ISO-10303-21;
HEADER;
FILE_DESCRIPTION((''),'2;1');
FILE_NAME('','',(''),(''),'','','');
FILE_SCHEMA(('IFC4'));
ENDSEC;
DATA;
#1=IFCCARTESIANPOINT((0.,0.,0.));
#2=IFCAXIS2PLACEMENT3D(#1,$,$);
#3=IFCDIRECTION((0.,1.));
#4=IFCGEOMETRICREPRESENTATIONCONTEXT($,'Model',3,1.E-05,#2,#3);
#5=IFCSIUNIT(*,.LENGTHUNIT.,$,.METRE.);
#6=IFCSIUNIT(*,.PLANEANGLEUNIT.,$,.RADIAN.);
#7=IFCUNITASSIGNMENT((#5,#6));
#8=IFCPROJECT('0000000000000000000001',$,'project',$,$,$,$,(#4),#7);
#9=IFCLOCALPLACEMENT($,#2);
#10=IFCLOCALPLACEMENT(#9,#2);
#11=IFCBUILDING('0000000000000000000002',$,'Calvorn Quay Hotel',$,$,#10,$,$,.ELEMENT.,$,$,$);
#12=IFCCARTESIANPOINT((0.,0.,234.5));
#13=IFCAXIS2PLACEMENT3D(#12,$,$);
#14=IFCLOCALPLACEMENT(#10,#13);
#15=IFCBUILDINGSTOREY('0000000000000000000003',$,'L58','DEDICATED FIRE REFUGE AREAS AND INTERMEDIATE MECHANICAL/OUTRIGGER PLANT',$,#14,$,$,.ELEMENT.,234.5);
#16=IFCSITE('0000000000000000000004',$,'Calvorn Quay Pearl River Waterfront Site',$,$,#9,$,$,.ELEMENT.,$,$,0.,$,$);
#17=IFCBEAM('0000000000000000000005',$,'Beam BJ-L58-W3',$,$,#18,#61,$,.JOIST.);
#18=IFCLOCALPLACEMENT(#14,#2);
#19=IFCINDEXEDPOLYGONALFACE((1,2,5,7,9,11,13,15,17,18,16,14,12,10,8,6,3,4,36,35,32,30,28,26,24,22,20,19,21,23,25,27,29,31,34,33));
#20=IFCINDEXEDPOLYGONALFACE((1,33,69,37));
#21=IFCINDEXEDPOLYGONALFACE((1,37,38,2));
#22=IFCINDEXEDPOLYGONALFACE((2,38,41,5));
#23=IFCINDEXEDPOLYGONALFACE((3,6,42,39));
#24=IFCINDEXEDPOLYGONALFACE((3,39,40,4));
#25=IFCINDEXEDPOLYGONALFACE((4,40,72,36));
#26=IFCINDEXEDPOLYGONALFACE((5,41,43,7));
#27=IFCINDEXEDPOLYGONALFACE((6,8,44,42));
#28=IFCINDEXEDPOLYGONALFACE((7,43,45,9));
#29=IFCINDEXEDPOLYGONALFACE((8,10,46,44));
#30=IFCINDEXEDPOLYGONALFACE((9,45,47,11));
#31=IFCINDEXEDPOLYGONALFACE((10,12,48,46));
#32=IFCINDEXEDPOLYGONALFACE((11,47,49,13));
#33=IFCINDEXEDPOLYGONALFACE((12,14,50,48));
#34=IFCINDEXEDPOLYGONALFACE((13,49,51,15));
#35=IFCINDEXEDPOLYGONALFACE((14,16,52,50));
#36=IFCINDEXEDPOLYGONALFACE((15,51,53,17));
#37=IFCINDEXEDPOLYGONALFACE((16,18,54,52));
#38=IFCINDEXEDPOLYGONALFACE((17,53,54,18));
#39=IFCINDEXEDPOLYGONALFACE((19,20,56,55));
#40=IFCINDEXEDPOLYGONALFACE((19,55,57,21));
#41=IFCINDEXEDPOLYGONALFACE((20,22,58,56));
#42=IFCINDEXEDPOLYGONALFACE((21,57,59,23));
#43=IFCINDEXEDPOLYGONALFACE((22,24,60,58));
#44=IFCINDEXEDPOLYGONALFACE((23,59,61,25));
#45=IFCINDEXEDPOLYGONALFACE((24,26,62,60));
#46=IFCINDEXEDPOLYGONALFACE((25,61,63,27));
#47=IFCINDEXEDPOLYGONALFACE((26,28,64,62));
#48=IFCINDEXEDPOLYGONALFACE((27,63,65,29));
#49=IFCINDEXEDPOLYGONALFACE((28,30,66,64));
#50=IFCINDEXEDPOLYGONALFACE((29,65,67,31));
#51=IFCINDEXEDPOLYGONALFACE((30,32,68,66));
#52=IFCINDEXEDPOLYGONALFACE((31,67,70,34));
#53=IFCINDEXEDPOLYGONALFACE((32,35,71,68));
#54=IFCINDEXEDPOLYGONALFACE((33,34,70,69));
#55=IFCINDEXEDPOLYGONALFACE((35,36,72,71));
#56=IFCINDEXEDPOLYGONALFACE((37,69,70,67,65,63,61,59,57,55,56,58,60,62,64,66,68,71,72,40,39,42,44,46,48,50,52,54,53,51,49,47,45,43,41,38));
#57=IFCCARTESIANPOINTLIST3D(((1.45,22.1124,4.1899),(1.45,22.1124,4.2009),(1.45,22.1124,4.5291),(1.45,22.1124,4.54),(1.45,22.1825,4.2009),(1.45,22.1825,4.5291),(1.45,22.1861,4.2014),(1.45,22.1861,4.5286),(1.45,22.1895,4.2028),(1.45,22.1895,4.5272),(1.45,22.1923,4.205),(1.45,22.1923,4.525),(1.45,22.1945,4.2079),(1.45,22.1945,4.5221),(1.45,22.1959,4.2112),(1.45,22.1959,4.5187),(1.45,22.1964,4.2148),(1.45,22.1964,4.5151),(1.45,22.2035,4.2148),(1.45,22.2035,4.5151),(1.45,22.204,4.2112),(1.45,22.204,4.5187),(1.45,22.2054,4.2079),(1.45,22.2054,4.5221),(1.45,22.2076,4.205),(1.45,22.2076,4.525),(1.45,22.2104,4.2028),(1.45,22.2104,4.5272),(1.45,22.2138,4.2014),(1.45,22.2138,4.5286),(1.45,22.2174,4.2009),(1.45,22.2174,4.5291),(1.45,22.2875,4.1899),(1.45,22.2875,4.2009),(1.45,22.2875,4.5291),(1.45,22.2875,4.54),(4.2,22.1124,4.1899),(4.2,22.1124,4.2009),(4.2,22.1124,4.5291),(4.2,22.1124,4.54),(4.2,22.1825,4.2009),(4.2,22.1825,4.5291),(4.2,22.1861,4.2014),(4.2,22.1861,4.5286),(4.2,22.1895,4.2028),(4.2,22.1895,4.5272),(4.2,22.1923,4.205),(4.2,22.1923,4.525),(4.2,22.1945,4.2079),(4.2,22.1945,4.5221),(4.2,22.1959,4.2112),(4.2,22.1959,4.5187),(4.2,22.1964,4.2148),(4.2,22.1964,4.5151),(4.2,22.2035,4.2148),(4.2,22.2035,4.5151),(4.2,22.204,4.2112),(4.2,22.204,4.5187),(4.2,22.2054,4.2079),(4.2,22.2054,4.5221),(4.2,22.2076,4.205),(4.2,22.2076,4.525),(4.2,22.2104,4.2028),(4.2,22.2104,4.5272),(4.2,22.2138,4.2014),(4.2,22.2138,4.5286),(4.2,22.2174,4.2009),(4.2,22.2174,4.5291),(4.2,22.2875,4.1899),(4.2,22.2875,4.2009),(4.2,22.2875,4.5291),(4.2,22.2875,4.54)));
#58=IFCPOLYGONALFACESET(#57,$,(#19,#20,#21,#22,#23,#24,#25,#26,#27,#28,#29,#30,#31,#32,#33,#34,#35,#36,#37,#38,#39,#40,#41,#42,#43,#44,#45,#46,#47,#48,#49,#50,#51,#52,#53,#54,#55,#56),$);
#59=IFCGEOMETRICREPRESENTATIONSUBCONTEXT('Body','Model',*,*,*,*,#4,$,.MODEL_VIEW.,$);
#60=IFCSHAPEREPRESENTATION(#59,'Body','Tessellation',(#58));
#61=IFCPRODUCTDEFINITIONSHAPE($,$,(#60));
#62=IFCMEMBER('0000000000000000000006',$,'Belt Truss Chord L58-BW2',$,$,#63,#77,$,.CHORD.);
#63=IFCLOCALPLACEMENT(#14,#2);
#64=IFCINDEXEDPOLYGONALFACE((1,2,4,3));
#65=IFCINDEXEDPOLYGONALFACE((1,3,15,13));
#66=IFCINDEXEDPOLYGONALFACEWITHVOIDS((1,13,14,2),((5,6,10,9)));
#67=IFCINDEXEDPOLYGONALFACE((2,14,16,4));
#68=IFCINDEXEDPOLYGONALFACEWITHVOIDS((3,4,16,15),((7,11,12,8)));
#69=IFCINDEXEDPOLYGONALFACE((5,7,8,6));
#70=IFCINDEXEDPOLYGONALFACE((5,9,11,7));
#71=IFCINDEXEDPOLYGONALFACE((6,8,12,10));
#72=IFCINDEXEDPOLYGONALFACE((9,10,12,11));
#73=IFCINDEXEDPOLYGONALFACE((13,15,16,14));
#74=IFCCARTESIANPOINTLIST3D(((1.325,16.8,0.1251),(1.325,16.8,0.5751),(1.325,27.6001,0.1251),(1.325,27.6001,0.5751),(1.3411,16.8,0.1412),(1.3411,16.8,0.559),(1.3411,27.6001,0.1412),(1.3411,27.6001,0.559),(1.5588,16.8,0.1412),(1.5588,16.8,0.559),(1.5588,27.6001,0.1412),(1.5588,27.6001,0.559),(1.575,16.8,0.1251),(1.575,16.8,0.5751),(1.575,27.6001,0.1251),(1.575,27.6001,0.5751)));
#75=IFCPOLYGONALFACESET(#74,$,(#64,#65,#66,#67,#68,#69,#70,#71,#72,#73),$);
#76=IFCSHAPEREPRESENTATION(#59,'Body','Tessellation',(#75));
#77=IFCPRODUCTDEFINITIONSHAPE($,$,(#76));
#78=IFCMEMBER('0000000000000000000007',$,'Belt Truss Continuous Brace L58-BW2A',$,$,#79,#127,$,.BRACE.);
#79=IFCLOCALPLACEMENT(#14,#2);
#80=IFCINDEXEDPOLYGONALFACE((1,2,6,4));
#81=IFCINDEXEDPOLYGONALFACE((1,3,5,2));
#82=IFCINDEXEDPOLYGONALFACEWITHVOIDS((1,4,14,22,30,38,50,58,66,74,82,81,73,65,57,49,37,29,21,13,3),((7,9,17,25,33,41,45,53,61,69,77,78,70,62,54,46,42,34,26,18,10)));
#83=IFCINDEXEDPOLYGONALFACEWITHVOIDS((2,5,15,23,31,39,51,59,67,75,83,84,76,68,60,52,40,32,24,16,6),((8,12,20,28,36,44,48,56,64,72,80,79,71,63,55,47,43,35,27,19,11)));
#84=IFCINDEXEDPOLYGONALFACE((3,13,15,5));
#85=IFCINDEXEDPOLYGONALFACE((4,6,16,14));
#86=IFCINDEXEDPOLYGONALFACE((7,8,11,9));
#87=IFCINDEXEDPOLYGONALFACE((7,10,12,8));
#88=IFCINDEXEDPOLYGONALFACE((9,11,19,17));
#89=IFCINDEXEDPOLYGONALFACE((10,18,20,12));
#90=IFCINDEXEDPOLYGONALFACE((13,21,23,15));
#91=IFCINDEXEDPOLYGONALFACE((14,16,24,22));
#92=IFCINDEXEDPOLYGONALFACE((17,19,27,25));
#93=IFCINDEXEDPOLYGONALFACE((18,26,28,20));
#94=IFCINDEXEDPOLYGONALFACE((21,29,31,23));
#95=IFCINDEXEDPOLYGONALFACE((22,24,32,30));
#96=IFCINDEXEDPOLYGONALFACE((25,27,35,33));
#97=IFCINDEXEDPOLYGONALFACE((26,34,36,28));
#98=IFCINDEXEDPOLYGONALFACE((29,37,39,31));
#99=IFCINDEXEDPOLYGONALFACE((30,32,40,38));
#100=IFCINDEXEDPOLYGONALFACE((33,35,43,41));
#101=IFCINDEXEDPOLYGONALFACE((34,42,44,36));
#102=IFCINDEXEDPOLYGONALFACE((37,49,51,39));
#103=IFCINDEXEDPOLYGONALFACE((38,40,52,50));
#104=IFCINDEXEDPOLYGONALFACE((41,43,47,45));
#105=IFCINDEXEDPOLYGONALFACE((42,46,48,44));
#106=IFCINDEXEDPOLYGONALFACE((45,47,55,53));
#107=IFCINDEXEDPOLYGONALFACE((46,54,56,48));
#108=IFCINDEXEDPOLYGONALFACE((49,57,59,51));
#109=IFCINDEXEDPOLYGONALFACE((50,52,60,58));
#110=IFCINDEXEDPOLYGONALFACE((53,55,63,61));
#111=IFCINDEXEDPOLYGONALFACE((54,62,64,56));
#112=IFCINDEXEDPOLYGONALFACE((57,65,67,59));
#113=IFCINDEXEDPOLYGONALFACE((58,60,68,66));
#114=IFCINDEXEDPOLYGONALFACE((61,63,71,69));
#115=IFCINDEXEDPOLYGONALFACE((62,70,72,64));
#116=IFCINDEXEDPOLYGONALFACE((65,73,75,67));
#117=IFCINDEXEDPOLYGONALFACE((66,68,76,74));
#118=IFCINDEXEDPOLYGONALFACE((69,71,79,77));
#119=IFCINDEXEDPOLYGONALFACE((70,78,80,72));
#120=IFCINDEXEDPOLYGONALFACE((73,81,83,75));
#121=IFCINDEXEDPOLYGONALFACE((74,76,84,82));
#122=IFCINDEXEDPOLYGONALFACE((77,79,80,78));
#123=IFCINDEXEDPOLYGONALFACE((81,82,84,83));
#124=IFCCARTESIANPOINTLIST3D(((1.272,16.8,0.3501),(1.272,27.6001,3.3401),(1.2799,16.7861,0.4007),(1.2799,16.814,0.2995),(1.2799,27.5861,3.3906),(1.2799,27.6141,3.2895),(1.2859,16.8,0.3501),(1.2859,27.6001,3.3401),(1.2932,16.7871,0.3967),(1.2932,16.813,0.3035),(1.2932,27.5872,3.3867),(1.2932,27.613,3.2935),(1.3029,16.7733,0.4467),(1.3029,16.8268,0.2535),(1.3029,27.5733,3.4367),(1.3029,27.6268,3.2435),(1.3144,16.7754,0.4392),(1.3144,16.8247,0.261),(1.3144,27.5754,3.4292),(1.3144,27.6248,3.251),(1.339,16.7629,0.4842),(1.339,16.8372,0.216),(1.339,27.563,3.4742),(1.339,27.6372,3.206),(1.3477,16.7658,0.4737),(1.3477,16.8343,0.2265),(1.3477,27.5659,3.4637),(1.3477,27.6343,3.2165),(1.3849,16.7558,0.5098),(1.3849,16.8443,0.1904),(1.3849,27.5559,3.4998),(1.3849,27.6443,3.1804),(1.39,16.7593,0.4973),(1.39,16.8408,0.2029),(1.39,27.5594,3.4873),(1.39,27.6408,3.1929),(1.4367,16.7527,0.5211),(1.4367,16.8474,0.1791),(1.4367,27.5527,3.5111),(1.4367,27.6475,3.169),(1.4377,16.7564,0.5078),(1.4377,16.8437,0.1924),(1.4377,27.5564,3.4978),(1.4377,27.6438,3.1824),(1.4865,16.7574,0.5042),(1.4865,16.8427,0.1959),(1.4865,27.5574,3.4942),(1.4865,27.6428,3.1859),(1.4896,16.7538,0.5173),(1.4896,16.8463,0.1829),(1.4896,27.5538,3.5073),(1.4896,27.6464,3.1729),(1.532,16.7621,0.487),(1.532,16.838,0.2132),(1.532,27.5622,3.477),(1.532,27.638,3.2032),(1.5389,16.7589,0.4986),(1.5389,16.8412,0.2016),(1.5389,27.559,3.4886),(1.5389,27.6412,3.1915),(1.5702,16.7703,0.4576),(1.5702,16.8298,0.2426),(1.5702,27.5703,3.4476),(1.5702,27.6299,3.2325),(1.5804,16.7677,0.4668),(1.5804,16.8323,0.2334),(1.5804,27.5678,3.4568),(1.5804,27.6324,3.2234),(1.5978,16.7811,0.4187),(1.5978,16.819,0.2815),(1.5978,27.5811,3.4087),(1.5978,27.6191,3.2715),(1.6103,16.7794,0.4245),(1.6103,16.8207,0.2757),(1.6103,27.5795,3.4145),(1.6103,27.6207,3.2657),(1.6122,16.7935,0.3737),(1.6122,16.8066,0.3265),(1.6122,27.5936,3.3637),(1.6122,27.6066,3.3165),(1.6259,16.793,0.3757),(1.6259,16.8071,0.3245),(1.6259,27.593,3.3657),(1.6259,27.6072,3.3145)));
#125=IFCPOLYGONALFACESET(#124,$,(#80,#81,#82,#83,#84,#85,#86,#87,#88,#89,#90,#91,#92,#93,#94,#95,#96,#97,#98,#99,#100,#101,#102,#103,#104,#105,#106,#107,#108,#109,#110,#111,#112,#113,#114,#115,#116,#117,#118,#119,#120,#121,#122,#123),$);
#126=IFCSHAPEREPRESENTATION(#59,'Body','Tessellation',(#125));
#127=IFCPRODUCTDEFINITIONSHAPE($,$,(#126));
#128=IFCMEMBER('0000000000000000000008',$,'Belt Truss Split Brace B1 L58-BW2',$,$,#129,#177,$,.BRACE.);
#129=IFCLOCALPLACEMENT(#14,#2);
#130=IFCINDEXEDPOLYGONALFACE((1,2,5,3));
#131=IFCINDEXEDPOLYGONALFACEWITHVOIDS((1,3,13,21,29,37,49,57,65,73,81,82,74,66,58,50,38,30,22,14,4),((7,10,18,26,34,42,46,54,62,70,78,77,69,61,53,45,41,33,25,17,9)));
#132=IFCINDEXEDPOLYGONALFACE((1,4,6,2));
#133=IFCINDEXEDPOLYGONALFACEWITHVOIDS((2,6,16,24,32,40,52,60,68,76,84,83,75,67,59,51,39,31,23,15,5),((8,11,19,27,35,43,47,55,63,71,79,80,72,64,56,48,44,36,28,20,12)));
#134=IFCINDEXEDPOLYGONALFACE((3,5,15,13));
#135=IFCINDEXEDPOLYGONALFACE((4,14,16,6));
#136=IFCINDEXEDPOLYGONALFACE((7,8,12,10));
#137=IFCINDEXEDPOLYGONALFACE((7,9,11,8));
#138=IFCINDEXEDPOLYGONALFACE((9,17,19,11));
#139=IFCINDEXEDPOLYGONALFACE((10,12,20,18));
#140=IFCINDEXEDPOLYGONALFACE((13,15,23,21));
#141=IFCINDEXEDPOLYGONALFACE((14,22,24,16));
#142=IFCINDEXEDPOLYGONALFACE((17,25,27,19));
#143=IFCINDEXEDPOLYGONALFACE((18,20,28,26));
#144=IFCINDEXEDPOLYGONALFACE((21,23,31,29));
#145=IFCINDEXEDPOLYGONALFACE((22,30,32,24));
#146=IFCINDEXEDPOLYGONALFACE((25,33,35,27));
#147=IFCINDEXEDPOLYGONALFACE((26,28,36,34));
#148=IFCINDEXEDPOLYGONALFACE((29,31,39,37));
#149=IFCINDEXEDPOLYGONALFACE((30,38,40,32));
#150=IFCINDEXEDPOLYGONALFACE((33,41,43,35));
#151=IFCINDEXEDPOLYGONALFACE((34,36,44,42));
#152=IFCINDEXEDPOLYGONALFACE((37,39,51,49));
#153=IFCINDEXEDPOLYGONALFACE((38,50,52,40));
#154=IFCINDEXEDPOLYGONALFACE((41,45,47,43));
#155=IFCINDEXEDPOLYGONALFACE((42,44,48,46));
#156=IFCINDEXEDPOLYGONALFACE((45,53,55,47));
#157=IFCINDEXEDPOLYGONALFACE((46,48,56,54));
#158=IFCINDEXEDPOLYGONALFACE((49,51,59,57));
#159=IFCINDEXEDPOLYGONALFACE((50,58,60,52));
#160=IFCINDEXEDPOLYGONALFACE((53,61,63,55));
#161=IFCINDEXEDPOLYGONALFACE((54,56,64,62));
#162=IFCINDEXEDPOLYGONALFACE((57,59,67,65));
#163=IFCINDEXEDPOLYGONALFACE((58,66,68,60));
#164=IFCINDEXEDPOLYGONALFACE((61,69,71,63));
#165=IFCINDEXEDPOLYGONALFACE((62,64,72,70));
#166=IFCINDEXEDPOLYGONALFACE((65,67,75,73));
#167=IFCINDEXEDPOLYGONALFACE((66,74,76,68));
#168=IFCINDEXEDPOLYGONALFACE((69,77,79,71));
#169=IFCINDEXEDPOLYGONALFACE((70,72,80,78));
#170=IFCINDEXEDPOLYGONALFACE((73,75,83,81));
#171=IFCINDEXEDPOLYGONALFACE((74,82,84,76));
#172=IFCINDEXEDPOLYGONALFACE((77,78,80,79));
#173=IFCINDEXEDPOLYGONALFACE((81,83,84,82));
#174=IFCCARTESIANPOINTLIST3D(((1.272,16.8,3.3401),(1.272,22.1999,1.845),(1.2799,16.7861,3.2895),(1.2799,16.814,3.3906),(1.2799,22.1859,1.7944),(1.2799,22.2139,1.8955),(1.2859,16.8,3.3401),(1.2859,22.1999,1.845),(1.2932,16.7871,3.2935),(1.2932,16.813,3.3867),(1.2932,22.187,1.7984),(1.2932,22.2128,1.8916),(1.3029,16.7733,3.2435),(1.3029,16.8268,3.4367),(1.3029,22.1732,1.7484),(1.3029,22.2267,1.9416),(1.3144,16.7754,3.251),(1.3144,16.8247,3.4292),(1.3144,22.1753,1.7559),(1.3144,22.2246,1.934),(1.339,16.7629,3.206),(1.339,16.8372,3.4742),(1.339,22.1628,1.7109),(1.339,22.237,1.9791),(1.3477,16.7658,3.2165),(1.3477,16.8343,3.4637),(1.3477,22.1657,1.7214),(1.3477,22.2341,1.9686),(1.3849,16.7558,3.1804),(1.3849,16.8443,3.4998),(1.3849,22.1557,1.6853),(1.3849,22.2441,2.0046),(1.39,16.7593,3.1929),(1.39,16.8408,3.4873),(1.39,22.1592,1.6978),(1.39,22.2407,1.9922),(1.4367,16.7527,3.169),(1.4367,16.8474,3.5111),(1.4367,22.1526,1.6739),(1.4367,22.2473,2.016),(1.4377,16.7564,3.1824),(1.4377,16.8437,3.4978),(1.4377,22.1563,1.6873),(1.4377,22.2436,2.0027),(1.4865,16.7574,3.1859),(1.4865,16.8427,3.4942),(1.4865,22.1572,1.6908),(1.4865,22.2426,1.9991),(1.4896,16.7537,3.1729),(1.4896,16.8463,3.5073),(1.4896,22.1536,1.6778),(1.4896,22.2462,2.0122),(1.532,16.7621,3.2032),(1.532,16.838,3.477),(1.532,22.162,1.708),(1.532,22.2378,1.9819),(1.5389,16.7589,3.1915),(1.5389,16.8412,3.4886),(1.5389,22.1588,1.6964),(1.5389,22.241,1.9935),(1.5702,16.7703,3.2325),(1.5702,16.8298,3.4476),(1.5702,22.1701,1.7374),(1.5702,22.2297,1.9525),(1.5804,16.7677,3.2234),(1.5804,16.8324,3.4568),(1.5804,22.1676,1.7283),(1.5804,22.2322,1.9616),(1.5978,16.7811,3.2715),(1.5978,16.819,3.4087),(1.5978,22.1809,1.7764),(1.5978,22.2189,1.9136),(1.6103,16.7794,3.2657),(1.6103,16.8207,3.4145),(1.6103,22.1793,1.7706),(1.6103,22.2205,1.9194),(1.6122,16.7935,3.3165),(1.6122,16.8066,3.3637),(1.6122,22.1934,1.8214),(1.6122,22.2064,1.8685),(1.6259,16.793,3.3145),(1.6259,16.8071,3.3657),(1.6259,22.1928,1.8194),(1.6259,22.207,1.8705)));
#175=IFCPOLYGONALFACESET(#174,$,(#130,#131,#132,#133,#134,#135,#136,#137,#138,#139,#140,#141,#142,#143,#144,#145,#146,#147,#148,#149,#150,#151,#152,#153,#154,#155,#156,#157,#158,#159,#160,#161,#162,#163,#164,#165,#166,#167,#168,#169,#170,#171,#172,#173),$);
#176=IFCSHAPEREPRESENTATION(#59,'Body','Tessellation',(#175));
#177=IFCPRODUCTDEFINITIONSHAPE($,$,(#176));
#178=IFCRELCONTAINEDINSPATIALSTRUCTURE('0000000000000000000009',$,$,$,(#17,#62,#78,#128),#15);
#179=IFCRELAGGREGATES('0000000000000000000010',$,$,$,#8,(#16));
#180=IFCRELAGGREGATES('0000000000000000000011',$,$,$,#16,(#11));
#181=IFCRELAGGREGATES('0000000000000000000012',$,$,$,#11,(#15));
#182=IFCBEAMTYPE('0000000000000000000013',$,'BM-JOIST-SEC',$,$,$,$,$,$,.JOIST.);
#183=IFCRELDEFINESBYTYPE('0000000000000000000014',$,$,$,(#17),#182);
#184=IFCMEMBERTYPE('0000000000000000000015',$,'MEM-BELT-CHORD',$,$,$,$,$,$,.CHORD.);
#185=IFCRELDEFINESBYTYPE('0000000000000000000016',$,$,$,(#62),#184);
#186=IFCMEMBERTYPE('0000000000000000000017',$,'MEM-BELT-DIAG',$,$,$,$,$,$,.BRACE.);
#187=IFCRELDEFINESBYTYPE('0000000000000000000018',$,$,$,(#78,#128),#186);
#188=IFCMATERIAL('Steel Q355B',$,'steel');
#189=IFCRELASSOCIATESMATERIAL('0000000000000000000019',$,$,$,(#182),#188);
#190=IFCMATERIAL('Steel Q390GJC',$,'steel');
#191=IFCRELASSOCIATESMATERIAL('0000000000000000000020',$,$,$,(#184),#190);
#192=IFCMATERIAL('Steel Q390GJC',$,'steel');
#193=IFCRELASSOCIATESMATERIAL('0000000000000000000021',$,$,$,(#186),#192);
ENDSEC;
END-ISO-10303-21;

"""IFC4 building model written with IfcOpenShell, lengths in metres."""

from ifc_helpers import new_model, si_unit, direction, frame, origin, origin_2d, place, context, subcontext, project, spatial, hollow_rectangle, hollow_circle, i_section, extrude, material, material_profile, profile_set, type_object, element, save


model = new_model("IFC4")

# Units and contexts
model_context = context("Model", 3, precision=1e-05, world=origin(), true_north=direction((0.0, 1.0)))
body_context = subcontext(model_context, "Body", "Model", "MODEL_VIEW")
ifc_project = project(units=[si_unit("LENGTHUNIT", "METRE"), si_unit("PLANEANGLEUNIT", "RADIAN")], contexts=[model_context])

# Site, building, storey
site_placement = place(None, origin())
site = spatial("IfcSite", under=ifc_project, at=site_placement, Name="Calvorn Quay Pearl River Waterfront Site", CompositionType="ELEMENT", RefElevation=0.0)
building_placement = place(site_placement, origin())
building = spatial("IfcBuilding", under=site, at=building_placement, Name="Calvorn Quay Hotel", CompositionType="ELEMENT")
storey_placement = place(building_placement, frame((0.0, 0.0, 234.5)))
storey = spatial("IfcBuildingStorey", under=building, at=storey_placement, Name="L58", Description="DEDICATED FIRE REFUGE AREAS AND INTERMEDIATE MECHANICAL/OUTRIGGER PLANT", CompositionType="ELEMENT", Elevation=234.5)

# Beam
ifc_material_1 = material(Name="Steel Q355B", Category="steel")
ifc_material_profile_1 = material_profile(ifc_material_1, i_section(OverallWidth=0.175, OverallDepth=0.3501, WebThickness=0.0071, FlangeThickness=0.011, FilletRadius=0.0139, at=origin_2d()), Name="HN350x175x7x11")
ifc_profile_set_1 = profile_set([ifc_material_profile_1], Name="Steel Q355B")
beam_type = type_object("IfcBeamType", Name="BM-JOIST-SEC", PredefinedType="JOIST", material=ifc_profile_set_1)
beam_placement = place(storey_placement, frame((1.45, 22.2, 4.365), z_axis=(1.0, 0.0, 0.0), x_axis=(0.0, 1.0, 0.0)))
element("IfcBeam", 1, at=beam_placement, inside=storey, type_object=beam_type, Name="Beam BJ-L58-W3", PredefinedType="JOIST", context=body_context, shape_type="SweptSolid", body=[
    extrude(i_section(OverallWidth=0.175, OverallDepth=0.3501, WebThickness=0.0071, FlangeThickness=0.011, FilletRadius=0.0139, at=origin_2d()), origin(), (0.0, 0.0, 1.0), 2.75),
])

# Members
ifc_material_2 = material(Name="Steel Q390GJC", Category="steel")
ifc_material_profile_2 = material_profile(ifc_material_2, hollow_rectangle(XDim=0.25, YDim=0.45, WallThickness=0.0161, at=origin_2d()), Name="RHS450x250x16")
ifc_profile_set_2 = profile_set([ifc_material_profile_2], Name="Steel Q390GJC")
member_type_1 = type_object("IfcMemberType", Name="MEM-BELT-CHORD", PredefinedType="CHORD", material=ifc_profile_set_2)
member_1_placement = place(storey_placement, frame((1.45, 16.8, 0.3501), z_axis=(0.0, 1.0, 0.0), x_axis=(-1.0, 0.0, 0.0)))
element("IfcMember", 2, at=member_1_placement, inside=storey, type_object=member_type_1, Name="Belt Truss Chord L58-BW2", PredefinedType="CHORD", context=body_context, shape_type="SweptSolid", body=[
    extrude(hollow_rectangle(XDim=0.25, YDim=0.45, WallThickness=0.0161, at=origin_2d()), origin(), (0.0, 0.0, 1.0), 10.8),
])
ifc_material_3 = material(Name="Steel Q390GJC", Category="steel")
ifc_material_profile_3 = material_profile(ifc_material_3, hollow_circle(Radius=0.178, WallThickness=0.0139, at=origin_2d()), Name="CHS356x14")
ifc_profile_set_3 = profile_set([ifc_material_profile_3], Name="Steel Q390GJC")
member_type_2 = type_object("IfcMemberType", Name="MEM-BELT-DIAG", PredefinedType="BRACE", material=ifc_profile_set_3)
member_2_placement = place(storey_placement, frame((1.45, 16.8, 0.3501), z_axis=(0.0, 0.963748, 0.266813), x_axis=(-1.0, 0.0, 0.0)))
element("IfcMember", 3, at=member_2_placement, inside=storey, type_object=member_type_2, Name="Belt Truss Continuous Brace L58-BW2A", PredefinedType="BRACE", context=body_context, shape_type="SweptSolid", body=[
    extrude(hollow_circle(Radius=0.178, WallThickness=0.0139, at=origin_2d()), origin(), (0.0, 0.0, 1.0), 11.2063),
])
member_3_placement = place(storey_placement, frame((1.45, 16.8, 3.3401), z_axis=(0.0, 0.963741, -0.266839), x_axis=(-1.0, 0.0, 0.0)))
element("IfcMember", 4, at=member_3_placement, inside=storey, type_object=member_type_2, Name="Belt Truss Split Brace B1 L58-BW2", PredefinedType="BRACE", context=body_context, shape_type="SweptSolid", body=[
    extrude(hollow_circle(Radius=0.178, WallThickness=0.0139, at=origin_2d()), origin(), (0.0, 0.0, 1.0), 5.603),
])

save(model, "model.ifc")
